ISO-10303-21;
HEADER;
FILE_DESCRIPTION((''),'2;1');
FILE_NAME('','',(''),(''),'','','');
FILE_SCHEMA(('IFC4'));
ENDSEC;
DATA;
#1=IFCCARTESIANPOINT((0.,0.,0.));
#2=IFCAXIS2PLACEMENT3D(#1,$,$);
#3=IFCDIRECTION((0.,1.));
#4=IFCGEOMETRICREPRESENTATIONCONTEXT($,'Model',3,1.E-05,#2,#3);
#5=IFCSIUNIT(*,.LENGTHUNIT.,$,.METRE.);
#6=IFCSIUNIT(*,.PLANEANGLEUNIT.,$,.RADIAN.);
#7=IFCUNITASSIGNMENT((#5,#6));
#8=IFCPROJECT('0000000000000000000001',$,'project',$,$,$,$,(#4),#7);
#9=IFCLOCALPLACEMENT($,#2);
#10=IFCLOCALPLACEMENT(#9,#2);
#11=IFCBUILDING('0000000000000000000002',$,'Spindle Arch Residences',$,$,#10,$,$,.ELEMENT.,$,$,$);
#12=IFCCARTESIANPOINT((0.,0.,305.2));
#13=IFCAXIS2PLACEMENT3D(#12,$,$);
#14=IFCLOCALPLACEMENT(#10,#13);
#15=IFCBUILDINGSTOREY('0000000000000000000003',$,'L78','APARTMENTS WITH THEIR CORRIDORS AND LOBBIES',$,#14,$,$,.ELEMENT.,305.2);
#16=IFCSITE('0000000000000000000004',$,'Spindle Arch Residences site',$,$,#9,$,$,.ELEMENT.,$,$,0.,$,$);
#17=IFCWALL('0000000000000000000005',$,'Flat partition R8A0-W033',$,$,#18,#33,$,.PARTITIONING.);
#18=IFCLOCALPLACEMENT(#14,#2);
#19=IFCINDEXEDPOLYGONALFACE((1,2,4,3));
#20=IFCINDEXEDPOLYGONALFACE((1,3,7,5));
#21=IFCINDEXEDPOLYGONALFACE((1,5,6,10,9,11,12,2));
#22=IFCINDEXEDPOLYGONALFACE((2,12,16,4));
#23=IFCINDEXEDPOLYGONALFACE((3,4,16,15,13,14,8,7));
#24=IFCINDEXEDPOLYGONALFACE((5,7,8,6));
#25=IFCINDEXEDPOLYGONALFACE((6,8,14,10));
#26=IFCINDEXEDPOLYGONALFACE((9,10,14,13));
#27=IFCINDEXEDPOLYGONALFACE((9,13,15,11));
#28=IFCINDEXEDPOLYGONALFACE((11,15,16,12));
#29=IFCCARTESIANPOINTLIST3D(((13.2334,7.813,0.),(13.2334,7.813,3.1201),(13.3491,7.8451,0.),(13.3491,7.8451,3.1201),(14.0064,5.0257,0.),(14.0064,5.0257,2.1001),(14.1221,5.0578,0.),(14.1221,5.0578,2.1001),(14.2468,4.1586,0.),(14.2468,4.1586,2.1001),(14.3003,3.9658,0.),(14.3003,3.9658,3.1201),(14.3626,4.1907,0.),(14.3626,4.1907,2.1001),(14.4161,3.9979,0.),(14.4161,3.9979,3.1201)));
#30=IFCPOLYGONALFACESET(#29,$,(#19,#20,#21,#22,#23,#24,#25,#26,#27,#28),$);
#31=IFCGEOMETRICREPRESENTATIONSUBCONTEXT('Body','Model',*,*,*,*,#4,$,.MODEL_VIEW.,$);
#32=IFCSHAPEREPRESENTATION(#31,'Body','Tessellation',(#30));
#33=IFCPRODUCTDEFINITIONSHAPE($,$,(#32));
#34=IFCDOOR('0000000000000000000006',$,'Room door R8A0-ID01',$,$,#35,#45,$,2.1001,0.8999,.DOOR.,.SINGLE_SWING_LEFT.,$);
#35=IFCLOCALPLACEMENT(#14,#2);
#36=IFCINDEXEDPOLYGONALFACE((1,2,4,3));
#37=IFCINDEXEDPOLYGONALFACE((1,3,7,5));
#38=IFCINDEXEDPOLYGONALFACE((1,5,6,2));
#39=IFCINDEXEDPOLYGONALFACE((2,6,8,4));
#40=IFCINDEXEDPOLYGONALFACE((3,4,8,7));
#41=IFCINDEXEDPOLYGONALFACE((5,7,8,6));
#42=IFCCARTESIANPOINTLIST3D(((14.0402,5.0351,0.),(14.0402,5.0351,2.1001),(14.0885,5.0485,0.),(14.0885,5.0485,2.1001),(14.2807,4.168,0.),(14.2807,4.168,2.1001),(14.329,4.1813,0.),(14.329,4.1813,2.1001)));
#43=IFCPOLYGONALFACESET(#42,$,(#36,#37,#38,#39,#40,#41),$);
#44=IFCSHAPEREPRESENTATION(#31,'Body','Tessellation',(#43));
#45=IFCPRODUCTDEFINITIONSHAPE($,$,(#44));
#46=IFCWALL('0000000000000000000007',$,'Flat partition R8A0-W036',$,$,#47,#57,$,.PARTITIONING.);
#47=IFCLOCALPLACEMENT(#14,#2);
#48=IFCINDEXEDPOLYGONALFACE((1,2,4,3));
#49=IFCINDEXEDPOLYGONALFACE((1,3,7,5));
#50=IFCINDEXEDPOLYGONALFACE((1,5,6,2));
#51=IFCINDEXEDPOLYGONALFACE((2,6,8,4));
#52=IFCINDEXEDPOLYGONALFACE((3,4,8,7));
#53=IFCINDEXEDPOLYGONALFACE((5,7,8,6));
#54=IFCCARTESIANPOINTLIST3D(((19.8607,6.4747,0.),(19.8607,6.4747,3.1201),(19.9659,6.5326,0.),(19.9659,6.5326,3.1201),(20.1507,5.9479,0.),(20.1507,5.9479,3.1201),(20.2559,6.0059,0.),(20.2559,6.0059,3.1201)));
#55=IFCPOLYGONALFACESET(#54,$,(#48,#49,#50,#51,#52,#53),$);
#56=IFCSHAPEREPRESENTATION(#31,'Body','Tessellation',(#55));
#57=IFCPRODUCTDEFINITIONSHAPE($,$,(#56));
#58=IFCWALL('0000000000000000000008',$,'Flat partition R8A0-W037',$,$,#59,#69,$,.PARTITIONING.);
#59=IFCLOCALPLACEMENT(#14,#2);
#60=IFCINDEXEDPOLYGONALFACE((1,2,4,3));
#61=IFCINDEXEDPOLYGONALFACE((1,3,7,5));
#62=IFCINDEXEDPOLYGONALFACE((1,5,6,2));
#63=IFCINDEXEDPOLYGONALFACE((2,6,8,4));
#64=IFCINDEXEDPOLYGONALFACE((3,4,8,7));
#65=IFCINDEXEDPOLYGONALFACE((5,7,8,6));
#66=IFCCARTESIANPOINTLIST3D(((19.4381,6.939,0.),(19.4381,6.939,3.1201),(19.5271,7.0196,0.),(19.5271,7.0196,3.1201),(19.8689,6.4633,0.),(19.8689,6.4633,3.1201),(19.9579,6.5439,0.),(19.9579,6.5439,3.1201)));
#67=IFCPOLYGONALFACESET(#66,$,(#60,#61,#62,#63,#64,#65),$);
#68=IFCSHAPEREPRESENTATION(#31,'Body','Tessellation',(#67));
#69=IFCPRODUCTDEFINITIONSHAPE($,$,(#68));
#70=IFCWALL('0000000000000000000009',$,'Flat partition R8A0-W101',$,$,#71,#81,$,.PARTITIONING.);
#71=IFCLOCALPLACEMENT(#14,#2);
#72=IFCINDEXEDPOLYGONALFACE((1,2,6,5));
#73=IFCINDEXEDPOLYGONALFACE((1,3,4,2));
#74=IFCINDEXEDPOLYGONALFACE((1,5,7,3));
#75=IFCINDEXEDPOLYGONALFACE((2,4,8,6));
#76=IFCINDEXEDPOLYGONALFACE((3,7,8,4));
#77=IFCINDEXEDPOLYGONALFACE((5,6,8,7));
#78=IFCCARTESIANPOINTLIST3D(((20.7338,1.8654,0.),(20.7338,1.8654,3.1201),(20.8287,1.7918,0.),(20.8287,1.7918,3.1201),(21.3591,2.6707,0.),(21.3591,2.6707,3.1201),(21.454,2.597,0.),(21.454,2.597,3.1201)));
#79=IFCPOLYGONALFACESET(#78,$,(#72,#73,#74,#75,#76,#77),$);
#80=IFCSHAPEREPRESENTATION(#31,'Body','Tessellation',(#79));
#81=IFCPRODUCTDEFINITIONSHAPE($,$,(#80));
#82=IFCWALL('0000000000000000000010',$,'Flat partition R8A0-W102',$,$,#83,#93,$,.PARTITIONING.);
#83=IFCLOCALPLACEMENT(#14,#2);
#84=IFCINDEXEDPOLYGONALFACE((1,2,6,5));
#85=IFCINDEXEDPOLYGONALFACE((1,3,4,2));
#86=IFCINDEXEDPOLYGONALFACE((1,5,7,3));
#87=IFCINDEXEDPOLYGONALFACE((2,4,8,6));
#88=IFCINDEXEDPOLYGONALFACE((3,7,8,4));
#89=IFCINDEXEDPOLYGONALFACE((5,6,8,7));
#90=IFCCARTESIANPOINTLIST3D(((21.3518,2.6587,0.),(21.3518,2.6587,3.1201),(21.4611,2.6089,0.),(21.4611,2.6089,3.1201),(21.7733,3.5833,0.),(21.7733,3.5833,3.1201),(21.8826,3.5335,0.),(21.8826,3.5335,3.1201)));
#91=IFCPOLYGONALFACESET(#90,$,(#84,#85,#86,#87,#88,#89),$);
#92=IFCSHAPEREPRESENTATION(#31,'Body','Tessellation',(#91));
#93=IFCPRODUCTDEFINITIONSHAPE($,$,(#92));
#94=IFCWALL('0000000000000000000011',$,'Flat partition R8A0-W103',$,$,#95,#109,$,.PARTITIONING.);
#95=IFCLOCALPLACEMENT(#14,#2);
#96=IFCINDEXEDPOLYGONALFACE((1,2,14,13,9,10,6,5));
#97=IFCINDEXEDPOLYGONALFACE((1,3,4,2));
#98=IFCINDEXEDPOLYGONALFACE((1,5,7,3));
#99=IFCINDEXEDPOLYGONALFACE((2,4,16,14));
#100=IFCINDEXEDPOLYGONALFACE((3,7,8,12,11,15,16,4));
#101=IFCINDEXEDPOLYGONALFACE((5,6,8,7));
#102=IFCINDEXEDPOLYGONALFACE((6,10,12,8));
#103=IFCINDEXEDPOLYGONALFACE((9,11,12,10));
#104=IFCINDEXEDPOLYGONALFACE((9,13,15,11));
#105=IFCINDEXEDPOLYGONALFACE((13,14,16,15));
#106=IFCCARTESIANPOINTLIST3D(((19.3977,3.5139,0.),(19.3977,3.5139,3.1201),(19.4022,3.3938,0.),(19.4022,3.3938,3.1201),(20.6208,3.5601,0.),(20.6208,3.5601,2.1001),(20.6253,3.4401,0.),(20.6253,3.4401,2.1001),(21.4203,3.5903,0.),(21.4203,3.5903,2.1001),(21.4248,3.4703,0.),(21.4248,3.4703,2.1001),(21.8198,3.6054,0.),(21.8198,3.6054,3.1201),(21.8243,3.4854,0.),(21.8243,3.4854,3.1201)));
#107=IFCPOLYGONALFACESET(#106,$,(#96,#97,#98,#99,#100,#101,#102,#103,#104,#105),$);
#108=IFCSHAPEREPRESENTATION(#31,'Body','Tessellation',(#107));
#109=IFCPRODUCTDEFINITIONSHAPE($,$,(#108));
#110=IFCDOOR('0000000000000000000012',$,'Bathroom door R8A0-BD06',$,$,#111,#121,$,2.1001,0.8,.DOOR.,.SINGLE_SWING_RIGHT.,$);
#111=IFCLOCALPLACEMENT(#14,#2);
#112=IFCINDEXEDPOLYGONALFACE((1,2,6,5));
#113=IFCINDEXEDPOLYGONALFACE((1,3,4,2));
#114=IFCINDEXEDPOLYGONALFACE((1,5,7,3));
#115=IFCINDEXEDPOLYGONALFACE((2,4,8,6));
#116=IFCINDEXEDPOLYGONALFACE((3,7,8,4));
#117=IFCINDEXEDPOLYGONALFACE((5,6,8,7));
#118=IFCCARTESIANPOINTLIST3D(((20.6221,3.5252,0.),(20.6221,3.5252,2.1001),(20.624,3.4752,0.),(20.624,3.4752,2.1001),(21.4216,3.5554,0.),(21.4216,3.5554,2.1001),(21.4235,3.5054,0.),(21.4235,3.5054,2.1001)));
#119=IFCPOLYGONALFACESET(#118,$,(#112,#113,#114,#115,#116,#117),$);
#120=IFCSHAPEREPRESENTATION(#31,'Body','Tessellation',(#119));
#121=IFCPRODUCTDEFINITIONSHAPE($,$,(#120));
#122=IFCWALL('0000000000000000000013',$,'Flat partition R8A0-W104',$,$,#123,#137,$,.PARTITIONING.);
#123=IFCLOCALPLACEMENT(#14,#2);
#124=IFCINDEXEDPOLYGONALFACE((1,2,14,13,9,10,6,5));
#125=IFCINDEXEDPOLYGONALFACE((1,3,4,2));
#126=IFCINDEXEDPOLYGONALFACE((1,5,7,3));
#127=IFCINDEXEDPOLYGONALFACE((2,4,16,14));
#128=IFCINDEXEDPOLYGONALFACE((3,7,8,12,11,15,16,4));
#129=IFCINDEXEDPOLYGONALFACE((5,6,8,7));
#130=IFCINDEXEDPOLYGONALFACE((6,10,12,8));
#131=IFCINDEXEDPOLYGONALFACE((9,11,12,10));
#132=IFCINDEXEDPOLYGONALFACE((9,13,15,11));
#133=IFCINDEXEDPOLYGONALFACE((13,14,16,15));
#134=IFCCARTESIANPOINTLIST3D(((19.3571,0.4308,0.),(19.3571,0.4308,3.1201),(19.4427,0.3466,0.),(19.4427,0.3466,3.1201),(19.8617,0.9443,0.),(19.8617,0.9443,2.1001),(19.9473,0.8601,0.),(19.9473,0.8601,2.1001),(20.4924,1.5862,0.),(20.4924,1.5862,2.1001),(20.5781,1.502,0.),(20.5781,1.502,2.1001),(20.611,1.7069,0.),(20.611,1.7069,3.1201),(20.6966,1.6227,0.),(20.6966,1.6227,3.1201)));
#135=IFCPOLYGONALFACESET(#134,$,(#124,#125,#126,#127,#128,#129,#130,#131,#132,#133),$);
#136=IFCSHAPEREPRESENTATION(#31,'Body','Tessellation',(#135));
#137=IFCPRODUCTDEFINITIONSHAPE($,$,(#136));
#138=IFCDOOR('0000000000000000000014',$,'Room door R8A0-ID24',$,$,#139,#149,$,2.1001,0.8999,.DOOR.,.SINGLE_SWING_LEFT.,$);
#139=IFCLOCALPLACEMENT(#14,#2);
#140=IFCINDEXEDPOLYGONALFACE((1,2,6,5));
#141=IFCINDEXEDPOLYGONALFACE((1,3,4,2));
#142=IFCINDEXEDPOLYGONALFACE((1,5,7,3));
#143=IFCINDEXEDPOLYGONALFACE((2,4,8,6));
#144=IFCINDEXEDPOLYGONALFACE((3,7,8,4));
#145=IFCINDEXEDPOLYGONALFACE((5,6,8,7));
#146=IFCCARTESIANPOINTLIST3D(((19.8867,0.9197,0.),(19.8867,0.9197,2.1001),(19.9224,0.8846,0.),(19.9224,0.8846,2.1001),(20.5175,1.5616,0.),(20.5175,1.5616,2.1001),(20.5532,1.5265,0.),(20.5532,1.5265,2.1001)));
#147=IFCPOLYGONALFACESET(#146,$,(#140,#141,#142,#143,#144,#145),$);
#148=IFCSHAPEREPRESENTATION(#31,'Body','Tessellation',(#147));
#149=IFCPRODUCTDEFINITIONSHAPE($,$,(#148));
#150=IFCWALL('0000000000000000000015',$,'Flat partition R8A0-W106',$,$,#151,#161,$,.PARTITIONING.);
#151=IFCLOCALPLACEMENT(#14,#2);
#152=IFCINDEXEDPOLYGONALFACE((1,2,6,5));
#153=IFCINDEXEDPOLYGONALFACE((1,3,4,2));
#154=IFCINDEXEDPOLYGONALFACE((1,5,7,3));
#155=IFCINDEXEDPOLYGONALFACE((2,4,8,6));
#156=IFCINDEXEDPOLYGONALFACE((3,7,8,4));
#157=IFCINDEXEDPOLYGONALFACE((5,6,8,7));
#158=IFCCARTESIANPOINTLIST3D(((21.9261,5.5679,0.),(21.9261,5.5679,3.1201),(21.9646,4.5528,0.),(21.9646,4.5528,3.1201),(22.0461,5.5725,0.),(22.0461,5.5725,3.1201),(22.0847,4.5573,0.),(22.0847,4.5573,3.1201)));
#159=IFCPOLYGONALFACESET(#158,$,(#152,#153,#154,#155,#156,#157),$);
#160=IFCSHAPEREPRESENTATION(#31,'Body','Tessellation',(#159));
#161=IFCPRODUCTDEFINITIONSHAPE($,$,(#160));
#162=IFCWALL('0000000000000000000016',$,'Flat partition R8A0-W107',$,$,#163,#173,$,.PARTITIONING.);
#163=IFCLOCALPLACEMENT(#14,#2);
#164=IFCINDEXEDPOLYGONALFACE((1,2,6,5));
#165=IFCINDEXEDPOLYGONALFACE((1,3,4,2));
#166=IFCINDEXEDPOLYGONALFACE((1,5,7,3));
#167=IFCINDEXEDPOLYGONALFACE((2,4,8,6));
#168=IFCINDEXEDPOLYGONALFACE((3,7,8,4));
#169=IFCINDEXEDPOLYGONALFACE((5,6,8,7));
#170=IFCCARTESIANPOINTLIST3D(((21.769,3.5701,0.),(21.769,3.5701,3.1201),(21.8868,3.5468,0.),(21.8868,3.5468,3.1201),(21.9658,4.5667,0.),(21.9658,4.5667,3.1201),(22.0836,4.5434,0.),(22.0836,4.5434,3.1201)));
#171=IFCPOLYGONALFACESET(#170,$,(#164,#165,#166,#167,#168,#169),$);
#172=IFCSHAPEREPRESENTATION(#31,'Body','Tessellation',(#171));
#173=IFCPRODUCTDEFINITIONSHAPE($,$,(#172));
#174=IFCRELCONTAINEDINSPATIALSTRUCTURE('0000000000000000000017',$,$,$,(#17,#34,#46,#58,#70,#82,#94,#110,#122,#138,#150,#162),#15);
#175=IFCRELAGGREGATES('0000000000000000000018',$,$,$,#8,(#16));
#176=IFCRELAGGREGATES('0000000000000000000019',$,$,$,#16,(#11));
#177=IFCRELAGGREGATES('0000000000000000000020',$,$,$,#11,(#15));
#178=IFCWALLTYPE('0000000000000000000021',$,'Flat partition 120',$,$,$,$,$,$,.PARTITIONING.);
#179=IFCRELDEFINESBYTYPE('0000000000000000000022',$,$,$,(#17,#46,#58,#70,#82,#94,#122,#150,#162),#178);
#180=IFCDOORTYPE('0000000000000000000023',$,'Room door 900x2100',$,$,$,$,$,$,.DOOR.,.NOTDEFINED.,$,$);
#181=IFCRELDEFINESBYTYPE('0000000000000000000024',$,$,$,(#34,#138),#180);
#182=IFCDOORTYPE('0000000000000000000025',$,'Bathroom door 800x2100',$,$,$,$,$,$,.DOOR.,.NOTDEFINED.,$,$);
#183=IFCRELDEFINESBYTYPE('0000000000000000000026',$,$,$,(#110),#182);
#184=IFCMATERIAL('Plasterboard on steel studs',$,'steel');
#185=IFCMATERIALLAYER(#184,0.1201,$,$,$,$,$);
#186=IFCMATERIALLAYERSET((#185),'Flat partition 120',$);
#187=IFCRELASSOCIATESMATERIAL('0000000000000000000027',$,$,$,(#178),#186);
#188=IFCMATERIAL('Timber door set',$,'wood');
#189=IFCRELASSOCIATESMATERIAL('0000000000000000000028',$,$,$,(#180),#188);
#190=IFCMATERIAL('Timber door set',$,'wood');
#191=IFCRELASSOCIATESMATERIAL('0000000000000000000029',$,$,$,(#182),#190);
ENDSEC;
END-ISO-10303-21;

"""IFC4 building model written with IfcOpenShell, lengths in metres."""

from ifc_helpers import new_model, si_unit, direction, frame, frame_2d, origin, place, context, subcontext, project, spatial, rectangle, extrude, material, layer, layer_set, type_object, element, fill, save


model = new_model("IFC4")

# Units and contexts
model_context = context("Model", 3, precision=1e-05, world=origin(), true_north=direction((0.0, 1.0)))
body_context = subcontext(model_context, "Body", "Model", "MODEL_VIEW")
ifc_project = project(units=[si_unit("LENGTHUNIT", "METRE"), si_unit("PLANEANGLEUNIT", "RADIAN")], contexts=[model_context])

# Site, building, storey
site_placement = place(None, origin())
site = spatial("IfcSite", under=ifc_project, at=site_placement, Name="Spindle Arch Residences site", CompositionType="ELEMENT", RefElevation=0.0)
building_placement = place(site_placement, origin())
building = spatial("IfcBuilding", under=site, at=building_placement, Name="Spindle Arch Residences", CompositionType="ELEMENT")
storey_placement = place(building_placement, frame((0.0, 0.0, 305.2)))
storey = spatial("IfcBuildingStorey", under=building, at=storey_placement, Name="L78", Description="APARTMENTS WITH THEIR CORRIDORS AND LOBBIES", CompositionType="ELEMENT", Elevation=305.2)

# Wall, opening, door
ifc_material_1 = material(Name="Plasterboard on steel studs", Category="steel")
ifc_layer_1 = layer(ifc_material_1, 0.1201)
ifc_layer_set_1 = layer_set([ifc_layer_1], Name="Flat partition 120")
wall_type_1 = type_object("IfcWallType", Name="Flat partition 120", PredefinedType="PARTITIONING", material=ifc_layer_set_1)
wall_1_placement = place(storey_placement, frame((14.3582, 3.9819, 0.0), z_axis=(0.0, 0.0, 1.0), x_axis=(-0.267234, 0.963632, 0.0)))
wall_1 = element("IfcWall", 1, at=wall_1_placement, inside=storey, type_object=wall_type_1, Name="Flat partition R8A0-W033", PredefinedType="PARTITIONING", context=body_context, shape_type="SweptSolid", body=[
    extrude(rectangle(XDim=3.9924, YDim=0.1201, at=frame_2d((1.9961, 0.0))), origin(), (0.0, 0.0, 1.0), 3.1201),
])
opening_1_placement = place(wall_1_placement, frame((0.2, 0.0, 0.0)))
opening_1 = element("IfcOpeningElement", 2, at=opening_1_placement, cuts=wall_1, PredefinedType="OPENING", context=body_context, shape_type="SweptSolid", body=[
    extrude(rectangle(XDim=0.8999, YDim=2.1001, at=frame_2d((0.45, 1.05))), frame((0.0, 0.0701, 0.0), z_axis=(0.0, -1.0, 0.0), x_axis=(1.0, 0.0, 0.0)), (0.0, 0.0, 1.0), 0.1401),
])
ifc_material_2 = material(Name="Timber door set", Category="wood")
door_type_1 = type_object("IfcDoorType", Name="Room door 900x2100", OperationType="NOTDEFINED", PredefinedType="DOOR", material=ifc_material_2)
door_1_placement = place(opening_1_placement, origin())
door_1 = element("IfcDoor", 3, at=door_1_placement, inside=storey, type_object=door_type_1, Name="Room door R8A0-ID01", OperationType="SINGLE_SWING_LEFT", OverallHeight=2.1001, OverallWidth=0.8999, PredefinedType="DOOR", context=body_context, shape_type="SweptSolid", body=[
    extrude(rectangle(XDim=0.8999, YDim=2.1001, at=frame_2d((0.45, 1.05))), frame((0.0, 0.0249, 0.0), z_axis=(0.0, -1.0, 0.0), x_axis=(1.0, 0.0, 0.0)), (0.0, 0.0, 1.0), 0.05),
])
fill(opening_1, door_1)

# Walls
wall_2_placement = place(storey_placement, frame((20.2034, 5.9768, 0.0), z_axis=(0.0, 0.0, 1.0), x_axis=(-0.482262, 0.876027, 0.0)))
element("IfcWall", 4, at=wall_2_placement, inside=storey, type_object=wall_type_1, Name="Flat partition R8A0-W036", PredefinedType="PARTITIONING", context=body_context, shape_type="SweptSolid", body=[
    extrude(rectangle(XDim=0.6013, YDim=0.1201, at=frame_2d((0.3008, 0.0))), origin(), (0.0, 0.0, 1.0), 3.1201),
])
wall_3_placement = place(storey_placement, frame((19.9133, 6.5037, 0.0), z_axis=(0.0, 0.0, 1.0), x_axis=(-0.671252, 0.741229, 0.0)))
element("IfcWall", 5, at=wall_3_placement, inside=storey, type_object=wall_type_1, Name="Flat partition R8A0-W037", PredefinedType="PARTITIONING", context=body_context, shape_type="SweptSolid", body=[
    extrude(rectangle(XDim=0.6418, YDim=0.1201, at=frame_2d((0.3208, 0.0))), origin(), (0.0, 0.0, 1.0), 3.1201),
])
wall_4_placement = place(storey_placement, frame((20.7812, 1.8286, 0.0), z_axis=(0.0, 0.0, 1.0), x_axis=(0.613327, 0.789829, 0.0)))
element("IfcWall", 6, at=wall_4_placement, inside=storey, type_object=wall_type_1, Name="Flat partition R8A0-W101", PredefinedType="PARTITIONING", context=body_context, shape_type="SweptSolid", body=[
    extrude(rectangle(XDim=1.0195, YDim=0.1201, at=frame_2d((0.5098, 0.0))), origin(), (0.0, 0.0, 1.0), 3.1201),
])
wall_5_placement = place(storey_placement, frame((21.4065, 2.6338, 0.0), z_axis=(0.0, 0.0, 1.0), x_axis=(0.414726, 0.909946, 0.0)))
element("IfcWall", 7, at=wall_5_placement, inside=storey, type_object=wall_type_1, Name="Flat partition R8A0-W102", PredefinedType="PARTITIONING", context=body_context, shape_type="SweptSolid", body=[
    extrude(rectangle(XDim=1.0161, YDim=0.1201, at=frame_2d((0.5081, 0.0))), origin(), (0.0, 0.0, 1.0), 3.1201),
])

# Walls, openings, doors
wall_6_placement = place(storey_placement, frame((21.822, 3.5454, 0.0), z_axis=(0.0, 0.0, 1.0), x_axis=(-0.999286, -0.037772, 0.0)))
wall_6 = element("IfcWall", 8, at=wall_6_placement, inside=storey, type_object=wall_type_1, Name="Flat partition R8A0-W103", PredefinedType="PARTITIONING", context=body_context, shape_type="SweptSolid", body=[
    extrude(rectangle(XDim=2.4238, YDim=0.1201, at=frame_2d((1.2119, 0.0))), origin(), (0.0, 0.0, 1.0), 3.1201),
])
opening_2_placement = place(wall_6_placement, frame((0.3999, 0.0, 0.0)))
opening_2 = element("IfcOpeningElement", 9, at=opening_2_placement, cuts=wall_6, PredefinedType="OPENING", context=body_context, shape_type="SweptSolid", body=[
    extrude(rectangle(XDim=0.8, YDim=2.1001, at=frame_2d((0.3999, 1.05))), frame((0.0, 0.0701, 0.0), z_axis=(0.0, -1.0, 0.0), x_axis=(1.0, 0.0, 0.0)), (0.0, 0.0, 1.0), 0.1401),
])
ifc_material_3 = material(Name="Timber door set", Category="wood")
door_type_2 = type_object("IfcDoorType", Name="Bathroom door 800x2100", OperationType="NOTDEFINED", PredefinedType="DOOR", material=ifc_material_3)
door_2_placement = place(opening_2_placement, origin())
door_2 = element("IfcDoor", 10, at=door_2_placement, inside=storey, type_object=door_type_2, Name="Bathroom door R8A0-BD06", OperationType="SINGLE_SWING_RIGHT", OverallHeight=2.1001, OverallWidth=0.8, PredefinedType="DOOR", context=body_context, shape_type="SweptSolid", body=[
    extrude(rectangle(XDim=0.8, YDim=2.1001, at=frame_2d((0.3999, 1.05))), frame((0.0, 0.0249, 0.0), z_axis=(0.0, -1.0, 0.0), x_axis=(1.0, 0.0, 0.0)), (0.0, 0.0, 1.0), 0.05),
])
fill(opening_2, door_2)
wall_7_placement = place(storey_placement, frame((19.3999, 0.3887, 0.0), z_axis=(0.0, 0.0, 1.0), x_axis=(0.70087, 0.713289, 0.0)))
wall_7 = element("IfcWall", 11, at=wall_7_placement, inside=storey, type_object=wall_type_1, Name="Flat partition R8A0-W104", PredefinedType="PARTITIONING", context=body_context, shape_type="SweptSolid", body=[
    extrude(rectangle(XDim=1.7891, YDim=0.1201, at=frame_2d((0.8945, 0.0))), origin(), (0.0, 0.0, 1.0), 3.1201),
])
opening_3_placement = place(wall_7_placement, frame((0.72, 0.0, 0.0)))
opening_3 = element("IfcOpeningElement", 12, at=opening_3_placement, cuts=wall_7, PredefinedType="OPENING", context=body_context, shape_type="SweptSolid", body=[
    extrude(rectangle(XDim=0.8999, YDim=2.1001, at=frame_2d((0.45, 1.05))), frame((0.0, 0.0701, 0.0), z_axis=(0.0, -1.0, 0.0), x_axis=(1.0, 0.0, 0.0)), (0.0, 0.0, 1.0), 0.1401),
])
door_3_placement = place(opening_3_placement, origin())
door_3 = element("IfcDoor", 13, at=door_3_placement, inside=storey, type_object=door_type_1, Name="Room door R8A0-ID24", OperationType="SINGLE_SWING_LEFT", OverallHeight=2.1001, OverallWidth=0.8999, PredefinedType="DOOR", context=body_context, shape_type="SweptSolid", body=[
    extrude(rectangle(XDim=0.8999, YDim=2.1001, at=frame_2d((0.45, 1.05))), frame((0.0, 0.0249, 0.0), z_axis=(0.0, -1.0, 0.0), x_axis=(1.0, 0.0, 0.0)), (0.0, 0.0, 1.0), 0.05),
])
fill(opening_3, door_3)

# Walls
for number, where, z_axis, x_axis, name in (
    (14, (21.9861, 5.5701, 0.0), (0.0, 0.0, 1.0), (0.037972, -0.999279, 0.0), "Flat partition R8A0-W106"),
    (15, (22.0247, 4.5549, 0.0), (0.0, 0.0, 1.0), (-0.193712, -0.981058, 0.0), "Flat partition R8A0-W107"),
):
    element("IfcWall", number, at=place(storey_placement, frame(where, z_axis=z_axis, x_axis=x_axis)), inside=storey, type_object=wall_type_1, Name=name, PredefinedType="PARTITIONING", context=body_context, shape_type="SweptSolid", body=[
        extrude(rectangle(XDim=1.0159, YDim=0.1201, at=frame_2d((0.5078, 0.0))), origin(), (0.0, 0.0, 1.0), 3.1201),
    ])

save(model, "model.ifc")
